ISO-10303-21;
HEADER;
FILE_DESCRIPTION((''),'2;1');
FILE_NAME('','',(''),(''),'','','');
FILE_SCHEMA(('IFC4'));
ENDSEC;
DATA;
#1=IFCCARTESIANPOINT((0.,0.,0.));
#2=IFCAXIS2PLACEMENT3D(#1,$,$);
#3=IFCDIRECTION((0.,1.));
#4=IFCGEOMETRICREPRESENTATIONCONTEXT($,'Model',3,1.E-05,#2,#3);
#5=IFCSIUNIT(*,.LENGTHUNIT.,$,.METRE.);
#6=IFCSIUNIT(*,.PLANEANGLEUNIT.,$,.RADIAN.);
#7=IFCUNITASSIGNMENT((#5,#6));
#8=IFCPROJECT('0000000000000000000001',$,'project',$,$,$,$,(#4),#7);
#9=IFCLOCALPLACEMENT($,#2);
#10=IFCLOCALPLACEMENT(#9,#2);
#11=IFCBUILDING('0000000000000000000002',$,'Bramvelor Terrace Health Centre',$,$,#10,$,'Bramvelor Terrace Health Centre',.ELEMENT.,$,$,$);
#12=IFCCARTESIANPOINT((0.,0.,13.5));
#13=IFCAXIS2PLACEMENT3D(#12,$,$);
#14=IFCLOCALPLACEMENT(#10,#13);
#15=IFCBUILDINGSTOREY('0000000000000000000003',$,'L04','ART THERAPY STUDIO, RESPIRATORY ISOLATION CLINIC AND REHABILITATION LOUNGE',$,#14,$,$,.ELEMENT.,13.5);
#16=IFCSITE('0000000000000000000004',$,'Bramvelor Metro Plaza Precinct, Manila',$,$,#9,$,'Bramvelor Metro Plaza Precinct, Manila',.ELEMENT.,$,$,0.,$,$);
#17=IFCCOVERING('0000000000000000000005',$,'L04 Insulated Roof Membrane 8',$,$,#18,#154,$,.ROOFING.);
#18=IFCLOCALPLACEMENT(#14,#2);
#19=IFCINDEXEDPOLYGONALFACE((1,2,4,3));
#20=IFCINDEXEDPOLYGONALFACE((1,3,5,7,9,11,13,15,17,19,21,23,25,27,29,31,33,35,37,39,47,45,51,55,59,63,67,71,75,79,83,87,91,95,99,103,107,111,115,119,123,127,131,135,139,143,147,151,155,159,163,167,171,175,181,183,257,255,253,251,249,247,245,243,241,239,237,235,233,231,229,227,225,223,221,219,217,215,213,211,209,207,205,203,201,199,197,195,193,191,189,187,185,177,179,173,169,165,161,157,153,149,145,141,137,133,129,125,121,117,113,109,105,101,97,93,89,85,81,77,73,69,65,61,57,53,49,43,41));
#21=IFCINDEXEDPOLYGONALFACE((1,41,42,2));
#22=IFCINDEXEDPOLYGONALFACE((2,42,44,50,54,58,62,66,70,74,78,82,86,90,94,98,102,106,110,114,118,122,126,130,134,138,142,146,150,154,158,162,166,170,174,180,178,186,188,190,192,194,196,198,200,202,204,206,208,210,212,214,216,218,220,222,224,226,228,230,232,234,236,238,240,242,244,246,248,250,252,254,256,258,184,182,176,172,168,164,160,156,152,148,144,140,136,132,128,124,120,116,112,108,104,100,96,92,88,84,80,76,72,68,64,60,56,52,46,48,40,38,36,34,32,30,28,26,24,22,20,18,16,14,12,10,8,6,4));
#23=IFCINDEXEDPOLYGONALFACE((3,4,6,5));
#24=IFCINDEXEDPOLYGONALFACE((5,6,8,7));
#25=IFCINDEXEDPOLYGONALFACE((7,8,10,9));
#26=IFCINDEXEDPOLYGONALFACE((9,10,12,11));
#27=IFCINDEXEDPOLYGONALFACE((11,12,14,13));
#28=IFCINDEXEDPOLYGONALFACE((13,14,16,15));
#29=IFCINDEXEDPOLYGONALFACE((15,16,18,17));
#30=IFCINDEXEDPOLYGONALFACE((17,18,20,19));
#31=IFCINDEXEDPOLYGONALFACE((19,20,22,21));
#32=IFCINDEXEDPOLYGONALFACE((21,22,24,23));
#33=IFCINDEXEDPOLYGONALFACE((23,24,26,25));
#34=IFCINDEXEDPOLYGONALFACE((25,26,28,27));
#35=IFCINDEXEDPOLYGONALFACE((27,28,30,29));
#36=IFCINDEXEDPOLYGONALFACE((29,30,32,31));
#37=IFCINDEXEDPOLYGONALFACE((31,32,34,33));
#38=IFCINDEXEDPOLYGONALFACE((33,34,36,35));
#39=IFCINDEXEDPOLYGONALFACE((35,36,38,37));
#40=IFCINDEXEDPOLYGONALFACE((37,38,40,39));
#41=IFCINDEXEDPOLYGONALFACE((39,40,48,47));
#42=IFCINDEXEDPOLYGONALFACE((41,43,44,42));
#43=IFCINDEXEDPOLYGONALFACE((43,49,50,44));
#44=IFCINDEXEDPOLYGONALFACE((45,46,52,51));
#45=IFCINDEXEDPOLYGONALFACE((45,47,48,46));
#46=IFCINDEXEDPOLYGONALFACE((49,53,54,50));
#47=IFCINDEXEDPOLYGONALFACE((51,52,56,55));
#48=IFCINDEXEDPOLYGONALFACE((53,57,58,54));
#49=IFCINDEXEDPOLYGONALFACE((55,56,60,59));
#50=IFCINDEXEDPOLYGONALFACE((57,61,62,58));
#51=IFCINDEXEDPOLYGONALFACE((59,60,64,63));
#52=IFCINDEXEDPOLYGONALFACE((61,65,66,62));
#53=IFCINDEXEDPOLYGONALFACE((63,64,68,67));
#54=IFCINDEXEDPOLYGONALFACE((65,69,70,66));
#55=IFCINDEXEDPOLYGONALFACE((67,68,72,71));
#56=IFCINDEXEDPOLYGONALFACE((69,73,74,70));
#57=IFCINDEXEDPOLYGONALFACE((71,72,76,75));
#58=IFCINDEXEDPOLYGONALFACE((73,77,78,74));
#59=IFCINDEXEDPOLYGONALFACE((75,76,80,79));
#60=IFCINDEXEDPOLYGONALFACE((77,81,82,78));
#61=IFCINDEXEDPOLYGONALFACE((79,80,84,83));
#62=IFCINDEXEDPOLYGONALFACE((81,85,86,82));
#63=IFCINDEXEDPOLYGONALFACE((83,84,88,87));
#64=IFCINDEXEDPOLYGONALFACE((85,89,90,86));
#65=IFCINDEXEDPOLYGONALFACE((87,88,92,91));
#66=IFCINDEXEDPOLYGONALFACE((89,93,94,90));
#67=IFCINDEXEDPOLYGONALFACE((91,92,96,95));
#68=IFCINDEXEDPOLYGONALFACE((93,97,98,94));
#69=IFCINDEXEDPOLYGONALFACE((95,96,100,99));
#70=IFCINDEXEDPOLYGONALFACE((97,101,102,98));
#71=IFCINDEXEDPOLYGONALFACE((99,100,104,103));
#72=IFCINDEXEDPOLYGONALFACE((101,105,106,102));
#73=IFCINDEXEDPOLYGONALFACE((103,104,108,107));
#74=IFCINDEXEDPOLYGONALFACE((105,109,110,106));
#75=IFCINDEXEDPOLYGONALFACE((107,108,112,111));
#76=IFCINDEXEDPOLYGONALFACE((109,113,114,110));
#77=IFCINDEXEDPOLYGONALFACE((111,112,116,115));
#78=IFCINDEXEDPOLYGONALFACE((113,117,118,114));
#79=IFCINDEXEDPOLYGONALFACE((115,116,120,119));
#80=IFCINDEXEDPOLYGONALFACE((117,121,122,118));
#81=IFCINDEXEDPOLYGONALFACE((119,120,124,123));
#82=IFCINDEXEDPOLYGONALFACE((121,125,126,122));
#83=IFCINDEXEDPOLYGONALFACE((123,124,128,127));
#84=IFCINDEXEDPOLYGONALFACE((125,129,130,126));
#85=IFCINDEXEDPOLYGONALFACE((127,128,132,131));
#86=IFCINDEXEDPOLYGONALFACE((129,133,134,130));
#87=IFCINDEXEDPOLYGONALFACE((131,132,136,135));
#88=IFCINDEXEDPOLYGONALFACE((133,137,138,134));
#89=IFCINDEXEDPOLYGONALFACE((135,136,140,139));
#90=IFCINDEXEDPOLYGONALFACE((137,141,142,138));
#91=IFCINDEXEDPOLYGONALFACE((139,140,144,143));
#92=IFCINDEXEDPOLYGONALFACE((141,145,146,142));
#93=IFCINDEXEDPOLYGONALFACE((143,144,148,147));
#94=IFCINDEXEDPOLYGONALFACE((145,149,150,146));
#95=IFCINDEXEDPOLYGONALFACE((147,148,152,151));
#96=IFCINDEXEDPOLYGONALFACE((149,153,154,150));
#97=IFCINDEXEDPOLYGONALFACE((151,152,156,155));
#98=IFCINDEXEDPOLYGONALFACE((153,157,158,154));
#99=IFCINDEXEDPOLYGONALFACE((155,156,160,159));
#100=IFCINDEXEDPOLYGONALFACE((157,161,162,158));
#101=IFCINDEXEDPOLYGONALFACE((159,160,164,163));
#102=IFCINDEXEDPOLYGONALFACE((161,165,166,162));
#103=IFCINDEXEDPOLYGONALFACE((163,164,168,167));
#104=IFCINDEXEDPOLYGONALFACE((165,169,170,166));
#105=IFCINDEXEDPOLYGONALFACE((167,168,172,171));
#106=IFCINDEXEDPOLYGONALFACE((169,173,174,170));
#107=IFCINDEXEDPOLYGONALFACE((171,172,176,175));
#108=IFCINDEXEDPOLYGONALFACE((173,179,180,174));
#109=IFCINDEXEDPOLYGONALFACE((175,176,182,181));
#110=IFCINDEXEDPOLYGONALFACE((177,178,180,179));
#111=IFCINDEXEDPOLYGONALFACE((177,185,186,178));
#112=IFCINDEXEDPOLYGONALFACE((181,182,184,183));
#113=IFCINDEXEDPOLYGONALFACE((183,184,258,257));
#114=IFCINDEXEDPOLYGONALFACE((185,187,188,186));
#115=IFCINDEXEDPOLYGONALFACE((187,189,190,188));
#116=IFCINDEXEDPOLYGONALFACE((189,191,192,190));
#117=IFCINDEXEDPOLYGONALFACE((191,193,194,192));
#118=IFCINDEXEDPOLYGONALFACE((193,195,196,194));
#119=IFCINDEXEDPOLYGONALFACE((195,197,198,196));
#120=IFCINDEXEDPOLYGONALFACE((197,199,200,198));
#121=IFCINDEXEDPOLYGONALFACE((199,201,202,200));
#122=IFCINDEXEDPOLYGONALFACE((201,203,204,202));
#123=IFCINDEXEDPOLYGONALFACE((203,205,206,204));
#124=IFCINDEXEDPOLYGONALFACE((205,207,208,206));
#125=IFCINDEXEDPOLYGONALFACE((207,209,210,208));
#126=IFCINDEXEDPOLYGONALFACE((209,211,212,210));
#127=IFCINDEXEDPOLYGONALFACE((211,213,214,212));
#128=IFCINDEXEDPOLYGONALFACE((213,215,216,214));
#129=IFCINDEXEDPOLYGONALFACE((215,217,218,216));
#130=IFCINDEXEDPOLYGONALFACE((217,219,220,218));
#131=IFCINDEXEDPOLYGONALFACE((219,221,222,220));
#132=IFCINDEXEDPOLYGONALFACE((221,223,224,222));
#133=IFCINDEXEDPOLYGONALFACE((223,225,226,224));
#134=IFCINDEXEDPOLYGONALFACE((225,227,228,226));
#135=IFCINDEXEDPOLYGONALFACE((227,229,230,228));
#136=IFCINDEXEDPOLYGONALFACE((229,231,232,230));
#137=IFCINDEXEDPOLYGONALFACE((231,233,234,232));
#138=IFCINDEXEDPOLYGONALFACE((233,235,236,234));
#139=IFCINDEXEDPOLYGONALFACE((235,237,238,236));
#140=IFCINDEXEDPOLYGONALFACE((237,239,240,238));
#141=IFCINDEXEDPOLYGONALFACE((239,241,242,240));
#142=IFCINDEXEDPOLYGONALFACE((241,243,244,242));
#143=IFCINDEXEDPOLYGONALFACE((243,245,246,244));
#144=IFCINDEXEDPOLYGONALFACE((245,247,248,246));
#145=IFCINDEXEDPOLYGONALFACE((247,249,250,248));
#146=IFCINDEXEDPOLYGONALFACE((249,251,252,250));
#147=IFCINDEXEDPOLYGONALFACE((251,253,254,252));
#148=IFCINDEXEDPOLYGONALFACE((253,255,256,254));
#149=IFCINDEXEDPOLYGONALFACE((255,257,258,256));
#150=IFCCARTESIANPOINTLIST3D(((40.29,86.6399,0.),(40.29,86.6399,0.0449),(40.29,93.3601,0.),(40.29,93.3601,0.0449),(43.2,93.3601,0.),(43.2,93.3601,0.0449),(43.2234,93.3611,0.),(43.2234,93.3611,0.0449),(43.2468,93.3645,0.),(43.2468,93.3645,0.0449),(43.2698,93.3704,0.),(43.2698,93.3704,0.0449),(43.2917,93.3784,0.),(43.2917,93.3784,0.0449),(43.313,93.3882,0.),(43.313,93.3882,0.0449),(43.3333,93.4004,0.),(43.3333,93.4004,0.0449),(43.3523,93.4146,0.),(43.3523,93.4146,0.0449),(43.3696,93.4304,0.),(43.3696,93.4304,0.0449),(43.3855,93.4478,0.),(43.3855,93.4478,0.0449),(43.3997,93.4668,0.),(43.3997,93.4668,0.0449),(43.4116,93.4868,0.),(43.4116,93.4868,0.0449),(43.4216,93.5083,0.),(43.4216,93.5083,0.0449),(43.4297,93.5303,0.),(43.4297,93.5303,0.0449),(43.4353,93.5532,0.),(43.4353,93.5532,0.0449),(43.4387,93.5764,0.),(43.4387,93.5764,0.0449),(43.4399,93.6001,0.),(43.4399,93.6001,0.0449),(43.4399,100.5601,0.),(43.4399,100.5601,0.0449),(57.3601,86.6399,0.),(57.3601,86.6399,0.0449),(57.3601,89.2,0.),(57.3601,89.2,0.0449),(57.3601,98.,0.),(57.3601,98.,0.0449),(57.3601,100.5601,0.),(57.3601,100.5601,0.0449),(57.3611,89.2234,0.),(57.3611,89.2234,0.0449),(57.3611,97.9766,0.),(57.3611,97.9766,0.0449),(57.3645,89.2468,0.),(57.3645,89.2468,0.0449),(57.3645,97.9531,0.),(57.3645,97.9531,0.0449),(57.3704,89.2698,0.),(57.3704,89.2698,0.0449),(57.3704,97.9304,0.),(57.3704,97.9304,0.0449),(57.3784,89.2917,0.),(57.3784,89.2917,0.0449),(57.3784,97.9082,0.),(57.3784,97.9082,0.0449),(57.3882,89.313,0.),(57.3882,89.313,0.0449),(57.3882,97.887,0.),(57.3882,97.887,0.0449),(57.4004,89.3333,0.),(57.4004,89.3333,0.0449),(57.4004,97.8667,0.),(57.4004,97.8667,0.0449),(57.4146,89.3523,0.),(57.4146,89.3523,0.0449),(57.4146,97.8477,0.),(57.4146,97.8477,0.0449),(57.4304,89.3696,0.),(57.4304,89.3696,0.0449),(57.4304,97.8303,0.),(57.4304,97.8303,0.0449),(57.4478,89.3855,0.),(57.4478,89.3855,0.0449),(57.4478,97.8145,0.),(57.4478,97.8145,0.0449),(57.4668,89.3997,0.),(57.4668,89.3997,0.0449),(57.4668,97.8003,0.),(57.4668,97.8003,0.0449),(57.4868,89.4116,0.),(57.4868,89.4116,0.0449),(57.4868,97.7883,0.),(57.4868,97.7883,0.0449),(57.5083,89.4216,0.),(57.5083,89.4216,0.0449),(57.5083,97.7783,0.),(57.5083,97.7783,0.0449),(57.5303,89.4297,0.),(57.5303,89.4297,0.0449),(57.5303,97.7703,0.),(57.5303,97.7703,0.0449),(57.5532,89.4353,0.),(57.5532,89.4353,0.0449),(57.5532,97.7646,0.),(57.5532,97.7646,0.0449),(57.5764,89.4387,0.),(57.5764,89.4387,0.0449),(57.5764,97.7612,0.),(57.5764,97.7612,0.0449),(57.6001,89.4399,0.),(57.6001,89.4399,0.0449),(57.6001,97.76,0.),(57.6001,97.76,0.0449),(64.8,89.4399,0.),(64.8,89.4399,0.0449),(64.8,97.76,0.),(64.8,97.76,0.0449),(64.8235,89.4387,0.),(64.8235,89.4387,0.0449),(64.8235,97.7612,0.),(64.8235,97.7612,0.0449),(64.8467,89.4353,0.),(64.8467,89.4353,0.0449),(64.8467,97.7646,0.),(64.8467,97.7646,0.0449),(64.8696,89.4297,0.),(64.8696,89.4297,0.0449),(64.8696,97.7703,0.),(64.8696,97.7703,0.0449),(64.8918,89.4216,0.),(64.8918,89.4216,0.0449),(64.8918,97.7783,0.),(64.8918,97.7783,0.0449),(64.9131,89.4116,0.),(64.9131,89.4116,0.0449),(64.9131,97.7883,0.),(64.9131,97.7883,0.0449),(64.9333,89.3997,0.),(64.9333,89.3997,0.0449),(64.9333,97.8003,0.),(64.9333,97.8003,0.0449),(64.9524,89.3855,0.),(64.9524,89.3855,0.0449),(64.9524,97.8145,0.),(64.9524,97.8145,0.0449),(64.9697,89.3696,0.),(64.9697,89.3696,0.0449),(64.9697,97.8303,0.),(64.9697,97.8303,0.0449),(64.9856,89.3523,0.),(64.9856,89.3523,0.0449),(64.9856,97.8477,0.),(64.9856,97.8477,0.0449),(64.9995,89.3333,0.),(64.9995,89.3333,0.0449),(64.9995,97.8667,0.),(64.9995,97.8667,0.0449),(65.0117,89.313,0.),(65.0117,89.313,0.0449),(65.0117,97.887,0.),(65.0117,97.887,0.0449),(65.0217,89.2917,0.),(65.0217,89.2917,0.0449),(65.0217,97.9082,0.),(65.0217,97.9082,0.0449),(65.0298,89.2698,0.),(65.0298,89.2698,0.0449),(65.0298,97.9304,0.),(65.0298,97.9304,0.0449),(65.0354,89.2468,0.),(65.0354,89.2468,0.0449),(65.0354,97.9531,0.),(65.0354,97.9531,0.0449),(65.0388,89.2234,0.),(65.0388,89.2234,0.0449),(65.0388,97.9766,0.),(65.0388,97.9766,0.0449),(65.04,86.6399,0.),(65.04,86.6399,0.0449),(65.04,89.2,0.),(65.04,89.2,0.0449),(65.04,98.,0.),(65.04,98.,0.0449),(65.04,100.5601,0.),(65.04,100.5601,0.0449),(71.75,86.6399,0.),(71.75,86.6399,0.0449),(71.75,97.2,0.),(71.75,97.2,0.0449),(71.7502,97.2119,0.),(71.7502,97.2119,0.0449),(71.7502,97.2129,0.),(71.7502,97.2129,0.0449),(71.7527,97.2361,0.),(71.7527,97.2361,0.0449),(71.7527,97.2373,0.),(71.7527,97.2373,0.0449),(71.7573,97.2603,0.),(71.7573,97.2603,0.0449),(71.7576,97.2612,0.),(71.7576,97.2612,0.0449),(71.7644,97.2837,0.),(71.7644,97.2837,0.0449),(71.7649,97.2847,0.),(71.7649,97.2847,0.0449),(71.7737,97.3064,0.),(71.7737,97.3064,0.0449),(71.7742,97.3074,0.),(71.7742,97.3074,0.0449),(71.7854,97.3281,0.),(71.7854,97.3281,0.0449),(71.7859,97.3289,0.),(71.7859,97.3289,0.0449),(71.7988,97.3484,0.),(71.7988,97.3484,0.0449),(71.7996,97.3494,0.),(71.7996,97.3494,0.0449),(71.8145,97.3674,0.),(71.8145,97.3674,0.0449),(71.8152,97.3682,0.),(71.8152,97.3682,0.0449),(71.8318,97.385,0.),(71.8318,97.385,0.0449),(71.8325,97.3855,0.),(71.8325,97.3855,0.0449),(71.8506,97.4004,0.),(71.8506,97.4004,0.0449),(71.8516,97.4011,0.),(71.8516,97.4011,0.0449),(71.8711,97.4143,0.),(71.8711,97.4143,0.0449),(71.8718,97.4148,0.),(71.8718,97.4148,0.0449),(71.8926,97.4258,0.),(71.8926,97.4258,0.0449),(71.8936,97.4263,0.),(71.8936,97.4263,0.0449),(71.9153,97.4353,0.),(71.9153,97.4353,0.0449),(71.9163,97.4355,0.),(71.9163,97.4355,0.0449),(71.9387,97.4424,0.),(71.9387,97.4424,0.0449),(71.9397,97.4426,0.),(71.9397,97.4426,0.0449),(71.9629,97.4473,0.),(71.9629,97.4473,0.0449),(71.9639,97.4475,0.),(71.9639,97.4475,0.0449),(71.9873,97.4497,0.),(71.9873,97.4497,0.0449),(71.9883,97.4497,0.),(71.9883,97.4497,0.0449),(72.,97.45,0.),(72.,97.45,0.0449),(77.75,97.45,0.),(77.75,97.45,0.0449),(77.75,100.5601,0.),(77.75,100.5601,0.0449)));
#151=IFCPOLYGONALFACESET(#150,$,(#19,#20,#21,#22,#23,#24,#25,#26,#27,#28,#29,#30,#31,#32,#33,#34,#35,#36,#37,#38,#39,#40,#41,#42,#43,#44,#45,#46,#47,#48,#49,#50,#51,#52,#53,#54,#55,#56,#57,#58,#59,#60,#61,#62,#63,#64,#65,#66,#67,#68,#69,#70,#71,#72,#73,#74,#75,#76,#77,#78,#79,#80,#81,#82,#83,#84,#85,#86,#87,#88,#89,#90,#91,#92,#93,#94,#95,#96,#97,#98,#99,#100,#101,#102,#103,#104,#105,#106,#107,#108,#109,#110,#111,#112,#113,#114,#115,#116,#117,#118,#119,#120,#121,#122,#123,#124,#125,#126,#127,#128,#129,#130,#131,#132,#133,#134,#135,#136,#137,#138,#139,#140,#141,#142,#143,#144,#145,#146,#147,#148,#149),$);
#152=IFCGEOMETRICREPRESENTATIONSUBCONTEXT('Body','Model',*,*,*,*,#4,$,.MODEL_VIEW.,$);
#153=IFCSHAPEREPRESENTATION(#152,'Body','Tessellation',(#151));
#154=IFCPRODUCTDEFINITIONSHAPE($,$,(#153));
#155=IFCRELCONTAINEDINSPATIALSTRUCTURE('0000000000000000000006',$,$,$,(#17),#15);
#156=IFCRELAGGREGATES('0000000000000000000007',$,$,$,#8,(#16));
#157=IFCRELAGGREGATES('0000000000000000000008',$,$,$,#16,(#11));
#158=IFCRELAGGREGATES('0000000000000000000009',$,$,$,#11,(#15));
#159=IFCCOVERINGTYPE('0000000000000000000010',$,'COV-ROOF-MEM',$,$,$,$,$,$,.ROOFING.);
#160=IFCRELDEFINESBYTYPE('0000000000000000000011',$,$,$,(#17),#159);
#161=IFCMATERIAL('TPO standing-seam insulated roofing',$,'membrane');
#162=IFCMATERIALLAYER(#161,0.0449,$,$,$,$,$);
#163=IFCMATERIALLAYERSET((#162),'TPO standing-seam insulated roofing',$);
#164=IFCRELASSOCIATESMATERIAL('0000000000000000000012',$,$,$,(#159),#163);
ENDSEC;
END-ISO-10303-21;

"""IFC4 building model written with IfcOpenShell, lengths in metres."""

from ifc_helpers import new_model, si_unit, direction, frame, origin, place, context, subcontext, project, spatial, polyline, outline, extrude, material, layer, layer_set, type_object, element, save


model = new_model("IFC4")

# Units and contexts
model_context = context("Model", 3, precision=1e-05, world=origin(), true_north=direction((0.0, 1.0)))
body_context = subcontext(model_context, "Body", "Model", "MODEL_VIEW")
ifc_project = project(units=[si_unit("LENGTHUNIT", "METRE"), si_unit("PLANEANGLEUNIT", "RADIAN")], contexts=[model_context])

# Site, building, storey
site_placement = place(None, origin())
site = spatial("IfcSite", under=ifc_project, at=site_placement, Name="Bramvelor Metro Plaza Precinct, Manila", LongName="Bramvelor Metro Plaza Precinct, Manila", CompositionType="ELEMENT", RefElevation=0.0)
building_placement = place(site_placement, origin())
building = spatial("IfcBuilding", under=site, at=building_placement, Name="Bramvelor Terrace Health Centre", LongName="Bramvelor Terrace Health Centre", CompositionType="ELEMENT")
storey_placement = place(building_placement, frame((0.0, 0.0, 13.5)))
storey = spatial("IfcBuildingStorey", under=building, at=storey_placement, Name="L04", Description="ART THERAPY STUDIO, RESPIRATORY ISOLATION CLINIC AND REHABILITATION LOUNGE", CompositionType="ELEMENT", Elevation=13.5)

# Covering
ifc_material_1 = material(Name="TPO standing-seam insulated roofing", Category="membrane")
ifc_layer_1 = layer(ifc_material_1, 0.0449)
ifc_layer_set_1 = layer_set([ifc_layer_1], Name="TPO standing-seam insulated roofing")
covering_type = type_object("IfcCoveringType", Name="COV-ROOF-MEM", PredefinedType="ROOFING", material=ifc_layer_set_1)
covering_1_placement = place(storey_placement, origin())
element("IfcCovering", 1, at=covering_1_placement, inside=storey, type_object=covering_type, Name="L04 Insulated Roof Membrane 8", PredefinedType="ROOFING", context=body_context, shape_type="SweptSolid", body=[
    extrude(outline(polyline([(64.8, 97.76), (64.8235, 97.7612), (64.8467, 97.7646), (64.8696, 97.7703), (64.8918, 97.7783), (64.9131, 97.7883), (64.9333, 97.8003), (64.9524, 97.8145), (64.9697, 97.8303), (64.9856, 97.8477), (64.9995, 97.8667), (65.0117, 97.887), (65.0217, 97.9082), (65.0298, 97.9304), (65.0354, 97.9531), (65.0388, 97.9766), (65.04, 98.0), (65.04, 100.5601), (77.75, 100.5601), (77.75, 97.45), (72.0, 97.45), (71.9883, 97.4497), (71.9873, 97.4497), (71.9639, 97.4475), (71.9629, 97.4473), (71.9397, 97.4426), (71.9387, 97.4424), (71.9163, 97.4355), (71.9153, 97.4353), (71.8936, 97.4263), (71.8926, 97.4258), (71.8718, 97.4148), (71.8711, 97.4143), (71.8516, 97.4011), (71.8506, 97.4004), (71.8325, 97.3855), (71.8318, 97.385), (71.8152, 97.3682), (71.8145, 97.3674), (71.7996, 97.3494), (71.7988, 97.3484), (71.7859, 97.3289), (71.7854, 97.3281), (71.7742, 97.3074), (71.7737, 97.3064), (71.7649, 97.2847), (71.7644, 97.2837), (71.7576, 97.2612), (71.7573, 97.2603), (71.7527, 97.2373), (71.7527, 97.2361), (71.7502, 97.2129), (71.7502, 97.2119), (71.75, 97.2), (71.75, 86.6399), (65.04, 86.6399), (65.04, 89.2), (65.0388, 89.2234), (65.0354, 89.2468), (65.0298, 89.2698), (65.0217, 89.2917), (65.0117, 89.313), (64.9995, 89.3333), (64.9856, 89.3523), (64.9697, 89.3696), (64.9524, 89.3855), (64.9333, 89.3997), (64.9131, 89.4116), (64.8918, 89.4216), (64.8696, 89.4297), (64.8467, 89.4353), (64.8235, 89.4387), (64.8, 89.4399), (57.6001, 89.4399), (57.5764, 89.4387), (57.5532, 89.4353), (57.5303, 89.4297), (57.5083, 89.4216), (57.4868, 89.4116), (57.4668, 89.3997), (57.4478, 89.3855), (57.4304, 89.3696), (57.4146, 89.3523), (57.4004, 89.3333), (57.3882, 89.313), (57.3784, 89.2917), (57.3704, 89.2698), (57.3645, 89.2468), (57.3611, 89.2234), (57.3601, 89.2), (57.3601, 86.6399), (40.29, 86.6399), (40.29, 93.3601), (43.2, 93.3601), (43.2234, 93.3611), (43.2468, 93.3645), (43.2698, 93.3704), (43.2917, 93.3784), (43.313, 93.3882), (43.3333, 93.4004), (43.3523, 93.4146), (43.3696, 93.4304), (43.3855, 93.4478), (43.3997, 93.4668), (43.4116, 93.4868), (43.4216, 93.5083), (43.4297, 93.5303), (43.4353, 93.5532), (43.4387, 93.5764), (43.4399, 93.6001), (43.4399, 100.5601), (57.3601, 100.5601), (57.3601, 98.0), (57.3611, 97.9766), (57.3645, 97.9531), (57.3704, 97.9304), (57.3784, 97.9082), (57.3882, 97.887), (57.4004, 97.8667), (57.4146, 97.8477), (57.4304, 97.8303), (57.4478, 97.8145), (57.4668, 97.8003), (57.4868, 97.7883), (57.5083, 97.7783), (57.5303, 97.7703), (57.5532, 97.7646), (57.5764, 97.7612), (57.6001, 97.76), (64.8, 97.76)])), origin(), (0.0, 0.0, 1.0), 0.0449),
])

save(model, "model.ifc")
